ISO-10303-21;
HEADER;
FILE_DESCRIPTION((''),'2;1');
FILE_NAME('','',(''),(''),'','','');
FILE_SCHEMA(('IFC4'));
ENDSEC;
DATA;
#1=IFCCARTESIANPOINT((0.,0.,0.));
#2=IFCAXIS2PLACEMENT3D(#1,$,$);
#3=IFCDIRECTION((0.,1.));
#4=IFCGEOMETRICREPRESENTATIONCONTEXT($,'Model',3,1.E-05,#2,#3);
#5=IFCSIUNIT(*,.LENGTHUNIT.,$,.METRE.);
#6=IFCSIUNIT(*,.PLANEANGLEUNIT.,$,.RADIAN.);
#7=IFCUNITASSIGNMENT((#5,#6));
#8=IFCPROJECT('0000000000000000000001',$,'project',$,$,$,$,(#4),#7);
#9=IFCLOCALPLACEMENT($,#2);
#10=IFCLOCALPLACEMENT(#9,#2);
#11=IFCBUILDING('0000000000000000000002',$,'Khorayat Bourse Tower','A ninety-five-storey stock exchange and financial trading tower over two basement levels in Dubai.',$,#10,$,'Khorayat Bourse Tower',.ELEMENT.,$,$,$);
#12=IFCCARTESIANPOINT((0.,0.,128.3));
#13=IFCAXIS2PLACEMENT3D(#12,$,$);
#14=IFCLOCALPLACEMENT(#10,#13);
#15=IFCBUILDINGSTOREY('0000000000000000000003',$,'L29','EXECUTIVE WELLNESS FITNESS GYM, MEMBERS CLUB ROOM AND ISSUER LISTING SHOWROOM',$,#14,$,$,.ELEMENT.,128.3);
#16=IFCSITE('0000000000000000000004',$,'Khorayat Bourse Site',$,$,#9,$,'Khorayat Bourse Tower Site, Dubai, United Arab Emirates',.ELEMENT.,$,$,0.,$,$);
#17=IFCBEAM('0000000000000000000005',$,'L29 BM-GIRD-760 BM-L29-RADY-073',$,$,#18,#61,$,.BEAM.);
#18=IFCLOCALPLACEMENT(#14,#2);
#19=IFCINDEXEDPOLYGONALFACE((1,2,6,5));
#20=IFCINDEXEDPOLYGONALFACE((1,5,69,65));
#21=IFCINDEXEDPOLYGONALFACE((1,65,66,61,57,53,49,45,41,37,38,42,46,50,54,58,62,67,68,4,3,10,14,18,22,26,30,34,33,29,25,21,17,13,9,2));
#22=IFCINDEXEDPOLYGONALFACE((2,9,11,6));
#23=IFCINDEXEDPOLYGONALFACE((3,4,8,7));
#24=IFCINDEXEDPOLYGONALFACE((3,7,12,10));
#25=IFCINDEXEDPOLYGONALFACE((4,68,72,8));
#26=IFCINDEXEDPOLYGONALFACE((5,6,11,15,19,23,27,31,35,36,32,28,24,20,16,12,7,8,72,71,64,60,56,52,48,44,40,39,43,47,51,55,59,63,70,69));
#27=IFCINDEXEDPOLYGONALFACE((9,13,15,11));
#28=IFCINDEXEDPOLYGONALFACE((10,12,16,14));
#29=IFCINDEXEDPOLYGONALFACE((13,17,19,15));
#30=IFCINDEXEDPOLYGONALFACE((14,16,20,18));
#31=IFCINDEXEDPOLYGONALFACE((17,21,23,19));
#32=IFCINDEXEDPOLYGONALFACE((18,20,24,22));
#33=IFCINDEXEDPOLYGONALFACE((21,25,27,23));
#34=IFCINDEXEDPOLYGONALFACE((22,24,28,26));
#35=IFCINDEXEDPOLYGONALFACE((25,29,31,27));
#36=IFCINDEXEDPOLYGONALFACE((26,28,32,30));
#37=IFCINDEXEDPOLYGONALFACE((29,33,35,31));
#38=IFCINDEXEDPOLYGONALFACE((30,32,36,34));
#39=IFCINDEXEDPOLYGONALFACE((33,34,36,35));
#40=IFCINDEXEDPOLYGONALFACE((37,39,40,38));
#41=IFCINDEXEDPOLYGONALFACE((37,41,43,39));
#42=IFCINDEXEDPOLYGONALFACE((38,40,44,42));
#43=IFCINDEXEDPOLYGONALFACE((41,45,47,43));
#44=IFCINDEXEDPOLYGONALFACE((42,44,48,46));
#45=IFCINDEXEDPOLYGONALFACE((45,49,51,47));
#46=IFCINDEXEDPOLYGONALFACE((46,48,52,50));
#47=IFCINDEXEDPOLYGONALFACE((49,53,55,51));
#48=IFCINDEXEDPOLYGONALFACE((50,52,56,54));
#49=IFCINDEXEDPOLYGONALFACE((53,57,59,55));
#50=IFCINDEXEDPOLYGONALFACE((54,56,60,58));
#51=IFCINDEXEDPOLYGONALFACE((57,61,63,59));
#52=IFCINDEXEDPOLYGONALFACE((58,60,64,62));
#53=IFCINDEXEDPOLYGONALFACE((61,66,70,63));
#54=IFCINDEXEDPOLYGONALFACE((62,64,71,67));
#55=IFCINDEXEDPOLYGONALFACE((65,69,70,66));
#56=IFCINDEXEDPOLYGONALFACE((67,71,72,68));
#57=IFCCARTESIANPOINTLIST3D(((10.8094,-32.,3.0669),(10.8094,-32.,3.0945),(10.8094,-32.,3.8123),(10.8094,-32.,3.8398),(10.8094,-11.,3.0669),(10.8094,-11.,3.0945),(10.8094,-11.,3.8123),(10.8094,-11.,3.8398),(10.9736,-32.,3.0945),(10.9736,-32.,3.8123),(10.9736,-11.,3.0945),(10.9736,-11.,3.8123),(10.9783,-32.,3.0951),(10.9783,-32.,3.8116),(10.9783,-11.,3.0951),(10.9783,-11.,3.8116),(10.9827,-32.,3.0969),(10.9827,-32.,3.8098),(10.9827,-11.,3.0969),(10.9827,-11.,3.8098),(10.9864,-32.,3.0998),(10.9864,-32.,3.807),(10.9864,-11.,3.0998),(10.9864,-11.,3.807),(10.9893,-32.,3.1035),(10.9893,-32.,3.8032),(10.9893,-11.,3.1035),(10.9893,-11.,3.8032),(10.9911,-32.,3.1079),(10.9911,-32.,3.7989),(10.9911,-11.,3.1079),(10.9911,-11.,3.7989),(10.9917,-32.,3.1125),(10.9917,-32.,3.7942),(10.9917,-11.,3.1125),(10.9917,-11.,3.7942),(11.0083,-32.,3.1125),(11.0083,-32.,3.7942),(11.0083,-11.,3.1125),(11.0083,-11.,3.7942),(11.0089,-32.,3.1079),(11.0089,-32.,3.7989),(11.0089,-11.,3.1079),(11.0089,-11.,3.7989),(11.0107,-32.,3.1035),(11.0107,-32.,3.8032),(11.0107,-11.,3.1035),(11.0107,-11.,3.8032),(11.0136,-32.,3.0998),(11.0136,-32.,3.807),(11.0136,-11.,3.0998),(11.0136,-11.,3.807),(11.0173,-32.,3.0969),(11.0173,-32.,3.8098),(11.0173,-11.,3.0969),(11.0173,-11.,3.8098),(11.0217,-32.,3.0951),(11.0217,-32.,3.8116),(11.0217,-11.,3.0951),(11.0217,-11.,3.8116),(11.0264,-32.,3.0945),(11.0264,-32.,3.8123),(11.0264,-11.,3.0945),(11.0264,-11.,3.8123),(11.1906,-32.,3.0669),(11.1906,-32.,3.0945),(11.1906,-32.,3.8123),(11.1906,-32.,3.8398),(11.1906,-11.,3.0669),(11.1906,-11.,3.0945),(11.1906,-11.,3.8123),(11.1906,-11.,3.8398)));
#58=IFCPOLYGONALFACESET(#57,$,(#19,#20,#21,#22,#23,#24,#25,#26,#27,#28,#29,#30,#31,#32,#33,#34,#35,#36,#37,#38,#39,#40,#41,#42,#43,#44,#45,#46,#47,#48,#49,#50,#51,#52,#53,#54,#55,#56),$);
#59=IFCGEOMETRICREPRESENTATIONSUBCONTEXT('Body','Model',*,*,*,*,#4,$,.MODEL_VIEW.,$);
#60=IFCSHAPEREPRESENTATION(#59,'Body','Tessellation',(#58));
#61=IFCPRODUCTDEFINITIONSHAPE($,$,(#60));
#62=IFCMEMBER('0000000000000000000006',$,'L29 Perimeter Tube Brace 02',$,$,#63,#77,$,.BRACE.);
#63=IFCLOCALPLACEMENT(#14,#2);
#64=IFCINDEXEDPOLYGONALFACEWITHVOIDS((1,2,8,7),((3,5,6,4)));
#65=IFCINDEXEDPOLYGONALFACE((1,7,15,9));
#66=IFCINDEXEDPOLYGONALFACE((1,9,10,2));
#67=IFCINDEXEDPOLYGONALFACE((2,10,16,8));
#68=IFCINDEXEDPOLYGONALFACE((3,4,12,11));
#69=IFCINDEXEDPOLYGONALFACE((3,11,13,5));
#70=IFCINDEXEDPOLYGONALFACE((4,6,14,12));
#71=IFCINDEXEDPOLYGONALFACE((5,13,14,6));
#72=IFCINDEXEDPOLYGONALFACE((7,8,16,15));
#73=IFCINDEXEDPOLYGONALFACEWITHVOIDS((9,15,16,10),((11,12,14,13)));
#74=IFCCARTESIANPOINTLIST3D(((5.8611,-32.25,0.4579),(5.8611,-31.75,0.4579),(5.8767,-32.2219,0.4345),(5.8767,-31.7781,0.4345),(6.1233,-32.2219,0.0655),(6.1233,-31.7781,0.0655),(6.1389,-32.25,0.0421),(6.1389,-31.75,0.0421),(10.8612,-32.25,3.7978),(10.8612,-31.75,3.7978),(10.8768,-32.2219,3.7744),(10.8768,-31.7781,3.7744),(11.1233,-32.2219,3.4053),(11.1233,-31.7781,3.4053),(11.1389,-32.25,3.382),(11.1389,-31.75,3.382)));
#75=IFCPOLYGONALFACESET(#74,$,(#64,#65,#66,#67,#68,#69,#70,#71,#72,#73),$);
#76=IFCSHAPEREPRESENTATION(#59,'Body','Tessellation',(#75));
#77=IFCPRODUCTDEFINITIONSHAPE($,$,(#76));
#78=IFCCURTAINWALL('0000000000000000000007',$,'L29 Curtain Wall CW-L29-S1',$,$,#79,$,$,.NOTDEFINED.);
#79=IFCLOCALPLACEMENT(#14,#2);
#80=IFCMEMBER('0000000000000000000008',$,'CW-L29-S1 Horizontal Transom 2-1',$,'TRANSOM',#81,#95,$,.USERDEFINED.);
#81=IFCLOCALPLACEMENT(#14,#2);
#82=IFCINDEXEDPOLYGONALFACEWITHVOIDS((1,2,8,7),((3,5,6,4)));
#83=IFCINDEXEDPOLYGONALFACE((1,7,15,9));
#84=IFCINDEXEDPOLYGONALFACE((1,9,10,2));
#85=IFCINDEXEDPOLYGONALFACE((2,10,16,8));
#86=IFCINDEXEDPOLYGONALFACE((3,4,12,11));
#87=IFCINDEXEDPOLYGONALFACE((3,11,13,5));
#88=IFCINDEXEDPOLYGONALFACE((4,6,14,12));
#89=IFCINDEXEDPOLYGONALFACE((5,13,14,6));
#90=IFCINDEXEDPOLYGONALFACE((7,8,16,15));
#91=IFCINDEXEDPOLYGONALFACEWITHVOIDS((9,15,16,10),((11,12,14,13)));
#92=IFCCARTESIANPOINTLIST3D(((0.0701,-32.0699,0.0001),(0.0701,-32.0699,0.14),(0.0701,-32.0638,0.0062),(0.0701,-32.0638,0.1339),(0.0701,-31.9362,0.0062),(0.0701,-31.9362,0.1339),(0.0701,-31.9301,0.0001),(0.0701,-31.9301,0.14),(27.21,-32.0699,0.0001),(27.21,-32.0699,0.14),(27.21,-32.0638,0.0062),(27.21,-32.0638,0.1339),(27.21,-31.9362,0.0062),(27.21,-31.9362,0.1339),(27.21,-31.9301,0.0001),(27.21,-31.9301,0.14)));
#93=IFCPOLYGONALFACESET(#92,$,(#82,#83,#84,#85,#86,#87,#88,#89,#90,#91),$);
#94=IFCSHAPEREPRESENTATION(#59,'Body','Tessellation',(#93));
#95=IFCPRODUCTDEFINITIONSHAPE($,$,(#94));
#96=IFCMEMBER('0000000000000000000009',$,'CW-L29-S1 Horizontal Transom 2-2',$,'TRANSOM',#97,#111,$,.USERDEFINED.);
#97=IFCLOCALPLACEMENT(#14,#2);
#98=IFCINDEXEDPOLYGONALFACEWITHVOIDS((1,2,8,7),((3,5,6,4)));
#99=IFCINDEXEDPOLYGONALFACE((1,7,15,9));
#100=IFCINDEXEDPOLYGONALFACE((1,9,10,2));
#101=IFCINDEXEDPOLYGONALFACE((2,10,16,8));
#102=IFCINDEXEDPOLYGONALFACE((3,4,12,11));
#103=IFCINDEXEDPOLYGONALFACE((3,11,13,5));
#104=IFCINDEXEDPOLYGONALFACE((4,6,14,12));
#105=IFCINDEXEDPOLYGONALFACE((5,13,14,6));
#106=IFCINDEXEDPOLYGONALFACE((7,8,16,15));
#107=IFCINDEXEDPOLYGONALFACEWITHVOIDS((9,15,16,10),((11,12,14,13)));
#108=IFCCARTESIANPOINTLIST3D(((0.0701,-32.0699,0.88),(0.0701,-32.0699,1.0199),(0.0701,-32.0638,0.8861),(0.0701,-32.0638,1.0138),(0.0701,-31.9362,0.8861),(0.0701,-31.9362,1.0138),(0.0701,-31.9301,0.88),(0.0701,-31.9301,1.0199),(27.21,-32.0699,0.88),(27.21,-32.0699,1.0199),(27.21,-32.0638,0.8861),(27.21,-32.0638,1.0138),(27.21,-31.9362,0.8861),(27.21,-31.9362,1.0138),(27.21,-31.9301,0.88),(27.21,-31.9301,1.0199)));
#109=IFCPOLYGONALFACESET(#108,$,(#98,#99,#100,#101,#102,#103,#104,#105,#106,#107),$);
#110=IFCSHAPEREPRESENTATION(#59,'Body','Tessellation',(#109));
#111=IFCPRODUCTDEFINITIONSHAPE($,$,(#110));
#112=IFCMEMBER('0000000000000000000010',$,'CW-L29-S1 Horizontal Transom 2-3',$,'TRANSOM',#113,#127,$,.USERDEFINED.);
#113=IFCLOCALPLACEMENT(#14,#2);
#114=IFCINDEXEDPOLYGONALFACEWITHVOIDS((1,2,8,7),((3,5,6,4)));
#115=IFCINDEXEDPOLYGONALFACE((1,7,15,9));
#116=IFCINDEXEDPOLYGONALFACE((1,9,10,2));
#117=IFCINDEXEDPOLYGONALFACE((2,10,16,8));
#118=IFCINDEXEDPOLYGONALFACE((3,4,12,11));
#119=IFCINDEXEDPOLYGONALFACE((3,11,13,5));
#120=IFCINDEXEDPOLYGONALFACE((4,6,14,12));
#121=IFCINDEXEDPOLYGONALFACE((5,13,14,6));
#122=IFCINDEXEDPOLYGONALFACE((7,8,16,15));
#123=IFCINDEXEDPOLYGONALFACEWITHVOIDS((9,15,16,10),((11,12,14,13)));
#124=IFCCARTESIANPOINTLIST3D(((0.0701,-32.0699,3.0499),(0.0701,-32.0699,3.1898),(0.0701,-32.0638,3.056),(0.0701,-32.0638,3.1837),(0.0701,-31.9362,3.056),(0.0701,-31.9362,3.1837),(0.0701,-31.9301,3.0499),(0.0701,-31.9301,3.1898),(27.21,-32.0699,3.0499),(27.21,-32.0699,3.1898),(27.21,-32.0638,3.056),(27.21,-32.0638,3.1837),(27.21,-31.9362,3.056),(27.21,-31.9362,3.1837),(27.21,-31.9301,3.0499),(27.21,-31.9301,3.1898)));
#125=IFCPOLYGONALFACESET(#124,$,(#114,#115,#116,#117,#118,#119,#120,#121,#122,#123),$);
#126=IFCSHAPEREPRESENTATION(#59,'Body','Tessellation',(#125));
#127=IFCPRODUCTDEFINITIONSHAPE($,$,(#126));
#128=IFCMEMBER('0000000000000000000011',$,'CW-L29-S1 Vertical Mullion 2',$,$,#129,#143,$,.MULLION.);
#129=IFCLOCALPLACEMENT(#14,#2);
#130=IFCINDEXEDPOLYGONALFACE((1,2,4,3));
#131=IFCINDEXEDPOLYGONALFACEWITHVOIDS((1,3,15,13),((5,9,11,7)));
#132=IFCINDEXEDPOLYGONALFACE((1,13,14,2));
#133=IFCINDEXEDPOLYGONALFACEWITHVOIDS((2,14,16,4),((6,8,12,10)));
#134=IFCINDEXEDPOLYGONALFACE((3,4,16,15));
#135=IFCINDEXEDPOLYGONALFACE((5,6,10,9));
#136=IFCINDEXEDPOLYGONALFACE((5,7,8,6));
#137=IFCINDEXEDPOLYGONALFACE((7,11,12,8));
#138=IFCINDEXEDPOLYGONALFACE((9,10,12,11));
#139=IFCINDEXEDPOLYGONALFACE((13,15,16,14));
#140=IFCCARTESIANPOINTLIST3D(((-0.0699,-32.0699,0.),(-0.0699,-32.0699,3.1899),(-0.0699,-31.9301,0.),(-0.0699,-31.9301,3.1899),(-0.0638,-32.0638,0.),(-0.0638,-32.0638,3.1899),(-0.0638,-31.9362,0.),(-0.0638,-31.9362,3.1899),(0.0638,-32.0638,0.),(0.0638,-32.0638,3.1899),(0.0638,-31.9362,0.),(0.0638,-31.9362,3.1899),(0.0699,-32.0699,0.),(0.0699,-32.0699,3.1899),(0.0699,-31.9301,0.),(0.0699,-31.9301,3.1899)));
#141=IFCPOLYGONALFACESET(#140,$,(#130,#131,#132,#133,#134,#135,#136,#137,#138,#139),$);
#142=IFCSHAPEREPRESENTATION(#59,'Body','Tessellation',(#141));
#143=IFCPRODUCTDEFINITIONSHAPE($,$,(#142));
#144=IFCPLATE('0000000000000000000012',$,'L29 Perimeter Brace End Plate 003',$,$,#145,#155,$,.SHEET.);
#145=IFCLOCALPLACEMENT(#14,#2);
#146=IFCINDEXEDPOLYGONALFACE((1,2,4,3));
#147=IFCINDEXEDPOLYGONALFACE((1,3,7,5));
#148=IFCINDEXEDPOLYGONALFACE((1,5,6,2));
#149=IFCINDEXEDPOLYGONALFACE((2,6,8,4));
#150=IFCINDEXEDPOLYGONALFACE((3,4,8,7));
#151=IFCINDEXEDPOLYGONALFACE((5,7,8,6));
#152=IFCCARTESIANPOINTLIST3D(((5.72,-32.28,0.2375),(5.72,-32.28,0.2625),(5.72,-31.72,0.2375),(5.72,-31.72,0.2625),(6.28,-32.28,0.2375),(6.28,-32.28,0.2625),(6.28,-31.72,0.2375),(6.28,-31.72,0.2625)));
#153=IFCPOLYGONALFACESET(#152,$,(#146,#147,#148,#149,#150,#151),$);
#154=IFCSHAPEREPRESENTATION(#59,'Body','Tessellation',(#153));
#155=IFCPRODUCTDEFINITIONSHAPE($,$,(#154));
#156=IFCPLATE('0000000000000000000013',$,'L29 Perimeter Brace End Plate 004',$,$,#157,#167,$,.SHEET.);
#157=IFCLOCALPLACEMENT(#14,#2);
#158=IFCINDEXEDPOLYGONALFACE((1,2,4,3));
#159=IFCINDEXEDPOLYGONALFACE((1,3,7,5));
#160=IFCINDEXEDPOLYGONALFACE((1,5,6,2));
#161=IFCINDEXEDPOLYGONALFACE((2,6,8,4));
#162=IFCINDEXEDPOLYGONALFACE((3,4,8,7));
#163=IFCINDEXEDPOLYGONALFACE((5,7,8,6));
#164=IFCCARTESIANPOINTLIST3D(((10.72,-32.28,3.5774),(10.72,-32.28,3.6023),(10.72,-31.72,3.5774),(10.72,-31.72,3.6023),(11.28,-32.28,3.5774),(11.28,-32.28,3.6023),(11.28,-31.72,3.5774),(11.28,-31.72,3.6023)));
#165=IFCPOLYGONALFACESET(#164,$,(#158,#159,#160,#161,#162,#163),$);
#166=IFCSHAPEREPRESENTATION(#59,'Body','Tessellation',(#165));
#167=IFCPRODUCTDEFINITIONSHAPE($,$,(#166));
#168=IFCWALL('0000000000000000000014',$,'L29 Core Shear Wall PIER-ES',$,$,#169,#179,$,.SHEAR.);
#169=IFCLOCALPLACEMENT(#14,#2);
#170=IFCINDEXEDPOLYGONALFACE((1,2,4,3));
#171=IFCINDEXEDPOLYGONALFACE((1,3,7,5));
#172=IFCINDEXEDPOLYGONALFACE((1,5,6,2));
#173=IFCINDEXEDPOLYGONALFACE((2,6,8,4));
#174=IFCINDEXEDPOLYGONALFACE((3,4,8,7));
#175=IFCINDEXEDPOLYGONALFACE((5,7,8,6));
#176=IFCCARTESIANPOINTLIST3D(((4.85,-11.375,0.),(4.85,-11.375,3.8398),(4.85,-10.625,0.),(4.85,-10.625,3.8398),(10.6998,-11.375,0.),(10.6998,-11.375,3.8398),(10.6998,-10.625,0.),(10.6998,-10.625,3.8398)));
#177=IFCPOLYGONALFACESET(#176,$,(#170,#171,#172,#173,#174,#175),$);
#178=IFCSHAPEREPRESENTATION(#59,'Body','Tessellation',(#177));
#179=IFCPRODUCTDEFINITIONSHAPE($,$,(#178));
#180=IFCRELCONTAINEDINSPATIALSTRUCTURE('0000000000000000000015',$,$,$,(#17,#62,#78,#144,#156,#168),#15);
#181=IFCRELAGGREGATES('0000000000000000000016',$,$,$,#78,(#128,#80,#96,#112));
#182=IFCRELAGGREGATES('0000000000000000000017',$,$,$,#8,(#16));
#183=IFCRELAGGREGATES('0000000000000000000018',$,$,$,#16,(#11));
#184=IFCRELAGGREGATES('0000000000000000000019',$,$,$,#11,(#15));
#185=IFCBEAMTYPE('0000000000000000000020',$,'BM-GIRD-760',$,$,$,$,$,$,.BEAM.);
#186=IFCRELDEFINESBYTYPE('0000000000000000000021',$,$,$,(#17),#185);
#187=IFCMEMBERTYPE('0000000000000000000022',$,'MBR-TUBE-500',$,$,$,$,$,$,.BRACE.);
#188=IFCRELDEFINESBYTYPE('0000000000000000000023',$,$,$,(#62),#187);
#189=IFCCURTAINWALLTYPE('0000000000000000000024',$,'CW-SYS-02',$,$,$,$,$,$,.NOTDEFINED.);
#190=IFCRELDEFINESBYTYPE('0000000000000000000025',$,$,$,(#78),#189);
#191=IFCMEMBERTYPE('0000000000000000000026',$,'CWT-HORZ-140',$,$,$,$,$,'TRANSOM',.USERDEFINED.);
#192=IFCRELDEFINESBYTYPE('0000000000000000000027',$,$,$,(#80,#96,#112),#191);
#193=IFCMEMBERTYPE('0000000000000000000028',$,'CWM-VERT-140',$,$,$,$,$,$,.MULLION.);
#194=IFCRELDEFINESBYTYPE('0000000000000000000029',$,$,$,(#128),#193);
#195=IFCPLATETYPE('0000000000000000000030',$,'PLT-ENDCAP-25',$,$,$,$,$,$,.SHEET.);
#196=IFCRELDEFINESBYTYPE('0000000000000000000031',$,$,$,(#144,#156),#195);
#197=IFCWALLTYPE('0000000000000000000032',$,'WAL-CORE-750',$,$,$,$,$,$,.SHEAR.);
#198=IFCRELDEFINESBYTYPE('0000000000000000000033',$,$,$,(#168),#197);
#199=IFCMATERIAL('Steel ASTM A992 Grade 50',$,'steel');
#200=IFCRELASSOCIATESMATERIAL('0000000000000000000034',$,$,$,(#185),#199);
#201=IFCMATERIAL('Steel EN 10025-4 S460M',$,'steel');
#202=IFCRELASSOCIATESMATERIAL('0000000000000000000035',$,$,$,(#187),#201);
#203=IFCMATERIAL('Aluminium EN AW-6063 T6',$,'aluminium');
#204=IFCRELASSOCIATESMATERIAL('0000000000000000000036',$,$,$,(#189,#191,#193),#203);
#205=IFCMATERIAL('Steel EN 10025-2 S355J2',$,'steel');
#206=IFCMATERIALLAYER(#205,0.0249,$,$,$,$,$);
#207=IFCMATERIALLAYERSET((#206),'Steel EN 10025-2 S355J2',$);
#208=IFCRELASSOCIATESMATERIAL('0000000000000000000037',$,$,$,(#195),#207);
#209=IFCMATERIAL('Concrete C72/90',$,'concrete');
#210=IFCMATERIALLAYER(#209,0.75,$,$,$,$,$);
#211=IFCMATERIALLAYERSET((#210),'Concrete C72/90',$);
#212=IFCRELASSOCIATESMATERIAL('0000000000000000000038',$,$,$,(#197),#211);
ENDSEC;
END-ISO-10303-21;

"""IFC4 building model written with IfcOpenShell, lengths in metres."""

from ifc_helpers import new_model, si_unit, direction, frame, frame_2d, origin, origin_2d, place, context, subcontext, project, spatial, rectangle, hollow_rectangle, i_section, extrude, source, transform, mapped, material, layer, layer_set, material_profile, profile_set, type_object, element, aggregate, save


model = new_model("IFC4")

# Units and contexts
model_context = context("Model", 3, precision=1e-05, world=origin(), true_north=direction((0.0, 1.0)))
body_context = subcontext(model_context, "Body", "Model", "MODEL_VIEW")
ifc_project = project(units=[si_unit("LENGTHUNIT", "METRE"), si_unit("PLANEANGLEUNIT", "RADIAN")], contexts=[model_context])

# Site, building, storey
site_placement = place(None, origin())
site = spatial("IfcSite", under=ifc_project, at=site_placement, Name="Khorayat Bourse Site", LongName="Khorayat Bourse Tower Site, Dubai, United Arab Emirates", CompositionType="ELEMENT", RefElevation=0.0)
building_placement = place(site_placement, origin())
building = spatial("IfcBuilding", under=site, at=building_placement, Name="Khorayat Bourse Tower", Description="A ninety-five-storey stock exchange and financial trading tower over two basement levels in Dubai.", LongName="Khorayat Bourse Tower", CompositionType="ELEMENT")
storey_placement = place(building_placement, frame((0.0, 0.0, 128.3)))
storey = spatial("IfcBuildingStorey", under=building, at=storey_placement, Name="L29", Description="EXECUTIVE WELLNESS FITNESS GYM, MEMBERS CLUB ROOM AND ISSUER LISTING SHOWROOM", CompositionType="ELEMENT", Elevation=128.3)

# Shared definitions
ifc_material_1 = material(Name="Steel EN 10025-4 S460M", Category="steel")
ifc_material_2 = material(Name="Concrete C72/90", Category="concrete")

# Beam
ifc_material_3 = material(Name="Steel ASTM A992 Grade 50", Category="steel")
ifc_material_profile_1 = material_profile(ifc_material_3, i_section(OverallWidth=0.3811, OverallDepth=0.7729, WebThickness=0.0166, FlangeThickness=0.0276, FilletRadius=0.0181, at=origin_2d()), Name="W760X257")
ifc_profile_set_1 = profile_set([ifc_material_profile_1], Name="Steel ASTM A992 Grade 50")
beam_type_1 = type_object("IfcBeamType", Name="BM-GIRD-760", PredefinedType="BEAM", material=ifc_profile_set_1)
shared_shape_1 = source(origin(), body_context, "Body", "SweptSolid", [
    extrude(i_section(OverallWidth=0.3811, OverallDepth=0.7729, WebThickness=0.0166, FlangeThickness=0.0276, FilletRadius=0.0181, at=origin_2d()), origin(), (0.0, 0.0, 1.0), 21.0),
])
for number, where, z_axis, x_axis, name in (
    (1, (11.0, -32.0, 3.4534), (0.0, 1.0, 0.0), (-1.0, 0.0, 0.0), "L29 BM-GIRD-760 BM-L29-RADY-073"),
):
    element("IfcBeam", number, at=place(storey_placement, frame(where, z_axis=z_axis, x_axis=x_axis)), inside=storey, type_object=beam_type_1, Name=name, PredefinedType="BEAM", context=body_context, shape_type="MappedRepresentation", body=[
        mapped(shared_shape_1, transform((0.0, 0.0, 0.0), scale=1.0)),
    ])

# Member
ifc_material_profile_2 = material_profile(ifc_material_1, hollow_rectangle(XDim=0.5, YDim=0.5, WallThickness=0.0281, at=origin_2d()), Name="HSS 500x500x28")
ifc_profile_set_2 = profile_set([ifc_material_profile_2], Name="Steel EN 10025-4 S460M")
member_type_1 = type_object("IfcMemberType", Name="MBR-TUBE-500", PredefinedType="BRACE", material=ifc_profile_set_2)
shared_shape_2 = source(origin(), body_context, "Body", "SweptSolid", [
    extrude(hollow_rectangle(XDim=0.5, YDim=0.5, WallThickness=0.0281, at=origin_2d()), origin(), (0.0, 0.0, 1.0), 6.0129),
])
member_1_placement = place(storey_placement, frame((6.0, -32.0, 0.25), z_axis=(0.83155, 0.0, 0.55545), x_axis=(0.0, 1.0, 0.0)))
element("IfcMember", 2, at=member_1_placement, inside=storey, type_object=member_type_1, Name="L29 Perimeter Tube Brace 02", PredefinedType="BRACE", context=body_context, shape_type="MappedRepresentation", body=[
    mapped(shared_shape_2, transform((0.0, 0.0, 0.0), scale=1.0)),
])

# Curtain wall, members
ifc_material_4 = material(Name="Aluminium EN AW-6063 T6", Category="aluminium")
curtain_wall_type = type_object("IfcCurtainWallType", Name="CW-SYS-02", PredefinedType="NOTDEFINED", material=ifc_material_4)
curtain_wall_placement = place(storey_placement, origin())
curtain_wall = element("IfcCurtainWall", 3, at=curtain_wall_placement, inside=storey, type_object=curtain_wall_type, Name="L29 Curtain Wall CW-L29-S1", PredefinedType="NOTDEFINED")
ifc_material_profile_3 = material_profile(ifc_material_4, hollow_rectangle(XDim=0.1399, YDim=0.1399, WallThickness=0.0061, at=origin_2d()), Name="ALU 140x140x6")
ifc_profile_set_3 = profile_set([ifc_material_profile_3], Name="Aluminium EN AW-6063 T6")
member_type_2 = type_object("IfcMemberType", Name="CWT-HORZ-140", ElementType="TRANSOM", PredefinedType="USERDEFINED", material=ifc_profile_set_3)
shared_shape_3 = source(origin(), body_context, "Body", "SweptSolid", [
    extrude(hollow_rectangle(XDim=0.1399, YDim=0.1399, WallThickness=0.0061, at=origin_2d()), origin(), (0.0, 0.0, 1.0), 27.1399),
])
member_2_placement = place(storey_placement, frame((0.0701, -32.0, 0.0701), z_axis=(1.0, 0.0, 0.0), x_axis=(0.0, 1.0, 0.0)))
member_2 = element("IfcMember", 4, at=member_2_placement, type_object=member_type_2, Name="CW-L29-S1 Horizontal Transom 2-1", ObjectType="TRANSOM", PredefinedType="USERDEFINED", context=body_context, shape_type="MappedRepresentation", body=[
    mapped(shared_shape_3, transform((0.0, 0.0, 0.0), scale=1.0)),
])
member_3_placement = place(storey_placement, frame((0.0701, -32.0, 0.95), z_axis=(1.0, 0.0, 0.0), x_axis=(0.0, 1.0, 0.0)))
member_3 = element("IfcMember", 5, at=member_3_placement, type_object=member_type_2, Name="CW-L29-S1 Horizontal Transom 2-2", ObjectType="TRANSOM", PredefinedType="USERDEFINED", context=body_context, shape_type="MappedRepresentation", body=[
    mapped(shared_shape_3, transform((0.0, 0.0, 0.0), scale=1.0)),
])
member_4_placement = place(storey_placement, frame((0.0701, -32.0, 3.1199), z_axis=(1.0, 0.0, 0.0), x_axis=(0.0, 1.0, 0.0)))
member_4 = element("IfcMember", 6, at=member_4_placement, type_object=member_type_2, Name="CW-L29-S1 Horizontal Transom 2-3", ObjectType="TRANSOM", PredefinedType="USERDEFINED", context=body_context, shape_type="MappedRepresentation", body=[
    mapped(shared_shape_3, transform((0.0, 0.0, 0.0), scale=1.0)),
])
ifc_material_profile_4 = material_profile(ifc_material_4, hollow_rectangle(XDim=0.1399, YDim=0.1399, WallThickness=0.0061, at=origin_2d()), Name="ALU 140x140x6")
ifc_profile_set_4 = profile_set([ifc_material_profile_4], Name="Aluminium EN AW-6063 T6")
member_type_3 = type_object("IfcMemberType", Name="CWM-VERT-140", PredefinedType="MULLION", material=ifc_profile_set_4)
shared_shape_4 = source(origin(), body_context, "Body", "SweptSolid", [
    extrude(hollow_rectangle(XDim=0.1399, YDim=0.1399, WallThickness=0.0061, at=origin_2d()), origin(), (0.0, 0.0, 1.0), 3.1899),
])
member_5_placement = place(storey_placement, frame((0.0, -32.0, 0.0), z_axis=(0.0, 0.0, 1.0), x_axis=(0.0, 1.0, 0.0)))
member_5 = element("IfcMember", 7, at=member_5_placement, type_object=member_type_3, Name="CW-L29-S1 Vertical Mullion 2", PredefinedType="MULLION", context=body_context, shape_type="MappedRepresentation", body=[
    mapped(shared_shape_4, transform((0.0, 0.0, 0.0), scale=1.0)),
])
aggregate(curtain_wall, [member_5, member_2, member_3, member_4])

# Plates
ifc_material_5 = material(Name="Steel EN 10025-2 S355J2", Category="steel")
ifc_layer_1 = layer(ifc_material_5, 0.0249)
ifc_layer_set_1 = layer_set([ifc_layer_1], Name="Steel EN 10025-2 S355J2")
plate_type = type_object("IfcPlateType", Name="PLT-ENDCAP-25", PredefinedType="SHEET", material=ifc_layer_set_1)
shared_shape_5 = source(origin(), body_context, "Body", "SweptSolid", [
    extrude(rectangle(XDim=0.5601, YDim=0.5601, at=origin_2d()), origin(), (0.0, 0.0, 1.0), 0.0249),
])
for number, where, z_axis, x_axis, name in (
    (8, (6.0, -32.0, 0.2375), (0.0, 0.0, 1.0), (1.0, 0.0, 0.0), "L29 Perimeter Brace End Plate 003"),
    (9, (11.0, -32.0, 3.5774), (0.0, 0.0, 1.0), (1.0, 0.0, 0.0), "L29 Perimeter Brace End Plate 004"),
):
    element("IfcPlate", number, at=place(storey_placement, frame(where, z_axis=z_axis, x_axis=x_axis)), inside=storey, type_object=plate_type, Name=name, PredefinedType="SHEET", context=body_context, shape_type="MappedRepresentation", body=[
        mapped(shared_shape_5, transform((0.0, 0.0, 0.0), scale=1.0)),
    ])

# Wall
ifc_layer_2 = layer(ifc_material_2, 0.75)
ifc_layer_set_2 = layer_set([ifc_layer_2], Name="Concrete C72/90")
wall_type_1 = type_object("IfcWallType", Name="WAL-CORE-750", PredefinedType="SHEAR", material=ifc_layer_set_2)
shared_shape_6 = source(origin(), body_context, "Body", "SweptSolid", [
    extrude(rectangle(XDim=5.8499, YDim=0.75, at=frame_2d((2.9248, 0.0))), origin(), (0.0, 0.0, 1.0), 3.8398),
])
wall_placement = place(storey_placement, frame((4.8501, -11.0, 0.0), z_axis=(0.0, 0.0, 1.0), x_axis=(1.0, 0.0, 0.0)))
element("IfcWall", 10, at=wall_placement, inside=storey, type_object=wall_type_1, Name="L29 Core Shear Wall PIER-ES", PredefinedType="SHEAR", context=body_context, shape_type="MappedRepresentation", body=[
    mapped(shared_shape_6, transform((0.0, 0.0, 0.0), scale=1.0)),
])

save(model, "model.ifc")
